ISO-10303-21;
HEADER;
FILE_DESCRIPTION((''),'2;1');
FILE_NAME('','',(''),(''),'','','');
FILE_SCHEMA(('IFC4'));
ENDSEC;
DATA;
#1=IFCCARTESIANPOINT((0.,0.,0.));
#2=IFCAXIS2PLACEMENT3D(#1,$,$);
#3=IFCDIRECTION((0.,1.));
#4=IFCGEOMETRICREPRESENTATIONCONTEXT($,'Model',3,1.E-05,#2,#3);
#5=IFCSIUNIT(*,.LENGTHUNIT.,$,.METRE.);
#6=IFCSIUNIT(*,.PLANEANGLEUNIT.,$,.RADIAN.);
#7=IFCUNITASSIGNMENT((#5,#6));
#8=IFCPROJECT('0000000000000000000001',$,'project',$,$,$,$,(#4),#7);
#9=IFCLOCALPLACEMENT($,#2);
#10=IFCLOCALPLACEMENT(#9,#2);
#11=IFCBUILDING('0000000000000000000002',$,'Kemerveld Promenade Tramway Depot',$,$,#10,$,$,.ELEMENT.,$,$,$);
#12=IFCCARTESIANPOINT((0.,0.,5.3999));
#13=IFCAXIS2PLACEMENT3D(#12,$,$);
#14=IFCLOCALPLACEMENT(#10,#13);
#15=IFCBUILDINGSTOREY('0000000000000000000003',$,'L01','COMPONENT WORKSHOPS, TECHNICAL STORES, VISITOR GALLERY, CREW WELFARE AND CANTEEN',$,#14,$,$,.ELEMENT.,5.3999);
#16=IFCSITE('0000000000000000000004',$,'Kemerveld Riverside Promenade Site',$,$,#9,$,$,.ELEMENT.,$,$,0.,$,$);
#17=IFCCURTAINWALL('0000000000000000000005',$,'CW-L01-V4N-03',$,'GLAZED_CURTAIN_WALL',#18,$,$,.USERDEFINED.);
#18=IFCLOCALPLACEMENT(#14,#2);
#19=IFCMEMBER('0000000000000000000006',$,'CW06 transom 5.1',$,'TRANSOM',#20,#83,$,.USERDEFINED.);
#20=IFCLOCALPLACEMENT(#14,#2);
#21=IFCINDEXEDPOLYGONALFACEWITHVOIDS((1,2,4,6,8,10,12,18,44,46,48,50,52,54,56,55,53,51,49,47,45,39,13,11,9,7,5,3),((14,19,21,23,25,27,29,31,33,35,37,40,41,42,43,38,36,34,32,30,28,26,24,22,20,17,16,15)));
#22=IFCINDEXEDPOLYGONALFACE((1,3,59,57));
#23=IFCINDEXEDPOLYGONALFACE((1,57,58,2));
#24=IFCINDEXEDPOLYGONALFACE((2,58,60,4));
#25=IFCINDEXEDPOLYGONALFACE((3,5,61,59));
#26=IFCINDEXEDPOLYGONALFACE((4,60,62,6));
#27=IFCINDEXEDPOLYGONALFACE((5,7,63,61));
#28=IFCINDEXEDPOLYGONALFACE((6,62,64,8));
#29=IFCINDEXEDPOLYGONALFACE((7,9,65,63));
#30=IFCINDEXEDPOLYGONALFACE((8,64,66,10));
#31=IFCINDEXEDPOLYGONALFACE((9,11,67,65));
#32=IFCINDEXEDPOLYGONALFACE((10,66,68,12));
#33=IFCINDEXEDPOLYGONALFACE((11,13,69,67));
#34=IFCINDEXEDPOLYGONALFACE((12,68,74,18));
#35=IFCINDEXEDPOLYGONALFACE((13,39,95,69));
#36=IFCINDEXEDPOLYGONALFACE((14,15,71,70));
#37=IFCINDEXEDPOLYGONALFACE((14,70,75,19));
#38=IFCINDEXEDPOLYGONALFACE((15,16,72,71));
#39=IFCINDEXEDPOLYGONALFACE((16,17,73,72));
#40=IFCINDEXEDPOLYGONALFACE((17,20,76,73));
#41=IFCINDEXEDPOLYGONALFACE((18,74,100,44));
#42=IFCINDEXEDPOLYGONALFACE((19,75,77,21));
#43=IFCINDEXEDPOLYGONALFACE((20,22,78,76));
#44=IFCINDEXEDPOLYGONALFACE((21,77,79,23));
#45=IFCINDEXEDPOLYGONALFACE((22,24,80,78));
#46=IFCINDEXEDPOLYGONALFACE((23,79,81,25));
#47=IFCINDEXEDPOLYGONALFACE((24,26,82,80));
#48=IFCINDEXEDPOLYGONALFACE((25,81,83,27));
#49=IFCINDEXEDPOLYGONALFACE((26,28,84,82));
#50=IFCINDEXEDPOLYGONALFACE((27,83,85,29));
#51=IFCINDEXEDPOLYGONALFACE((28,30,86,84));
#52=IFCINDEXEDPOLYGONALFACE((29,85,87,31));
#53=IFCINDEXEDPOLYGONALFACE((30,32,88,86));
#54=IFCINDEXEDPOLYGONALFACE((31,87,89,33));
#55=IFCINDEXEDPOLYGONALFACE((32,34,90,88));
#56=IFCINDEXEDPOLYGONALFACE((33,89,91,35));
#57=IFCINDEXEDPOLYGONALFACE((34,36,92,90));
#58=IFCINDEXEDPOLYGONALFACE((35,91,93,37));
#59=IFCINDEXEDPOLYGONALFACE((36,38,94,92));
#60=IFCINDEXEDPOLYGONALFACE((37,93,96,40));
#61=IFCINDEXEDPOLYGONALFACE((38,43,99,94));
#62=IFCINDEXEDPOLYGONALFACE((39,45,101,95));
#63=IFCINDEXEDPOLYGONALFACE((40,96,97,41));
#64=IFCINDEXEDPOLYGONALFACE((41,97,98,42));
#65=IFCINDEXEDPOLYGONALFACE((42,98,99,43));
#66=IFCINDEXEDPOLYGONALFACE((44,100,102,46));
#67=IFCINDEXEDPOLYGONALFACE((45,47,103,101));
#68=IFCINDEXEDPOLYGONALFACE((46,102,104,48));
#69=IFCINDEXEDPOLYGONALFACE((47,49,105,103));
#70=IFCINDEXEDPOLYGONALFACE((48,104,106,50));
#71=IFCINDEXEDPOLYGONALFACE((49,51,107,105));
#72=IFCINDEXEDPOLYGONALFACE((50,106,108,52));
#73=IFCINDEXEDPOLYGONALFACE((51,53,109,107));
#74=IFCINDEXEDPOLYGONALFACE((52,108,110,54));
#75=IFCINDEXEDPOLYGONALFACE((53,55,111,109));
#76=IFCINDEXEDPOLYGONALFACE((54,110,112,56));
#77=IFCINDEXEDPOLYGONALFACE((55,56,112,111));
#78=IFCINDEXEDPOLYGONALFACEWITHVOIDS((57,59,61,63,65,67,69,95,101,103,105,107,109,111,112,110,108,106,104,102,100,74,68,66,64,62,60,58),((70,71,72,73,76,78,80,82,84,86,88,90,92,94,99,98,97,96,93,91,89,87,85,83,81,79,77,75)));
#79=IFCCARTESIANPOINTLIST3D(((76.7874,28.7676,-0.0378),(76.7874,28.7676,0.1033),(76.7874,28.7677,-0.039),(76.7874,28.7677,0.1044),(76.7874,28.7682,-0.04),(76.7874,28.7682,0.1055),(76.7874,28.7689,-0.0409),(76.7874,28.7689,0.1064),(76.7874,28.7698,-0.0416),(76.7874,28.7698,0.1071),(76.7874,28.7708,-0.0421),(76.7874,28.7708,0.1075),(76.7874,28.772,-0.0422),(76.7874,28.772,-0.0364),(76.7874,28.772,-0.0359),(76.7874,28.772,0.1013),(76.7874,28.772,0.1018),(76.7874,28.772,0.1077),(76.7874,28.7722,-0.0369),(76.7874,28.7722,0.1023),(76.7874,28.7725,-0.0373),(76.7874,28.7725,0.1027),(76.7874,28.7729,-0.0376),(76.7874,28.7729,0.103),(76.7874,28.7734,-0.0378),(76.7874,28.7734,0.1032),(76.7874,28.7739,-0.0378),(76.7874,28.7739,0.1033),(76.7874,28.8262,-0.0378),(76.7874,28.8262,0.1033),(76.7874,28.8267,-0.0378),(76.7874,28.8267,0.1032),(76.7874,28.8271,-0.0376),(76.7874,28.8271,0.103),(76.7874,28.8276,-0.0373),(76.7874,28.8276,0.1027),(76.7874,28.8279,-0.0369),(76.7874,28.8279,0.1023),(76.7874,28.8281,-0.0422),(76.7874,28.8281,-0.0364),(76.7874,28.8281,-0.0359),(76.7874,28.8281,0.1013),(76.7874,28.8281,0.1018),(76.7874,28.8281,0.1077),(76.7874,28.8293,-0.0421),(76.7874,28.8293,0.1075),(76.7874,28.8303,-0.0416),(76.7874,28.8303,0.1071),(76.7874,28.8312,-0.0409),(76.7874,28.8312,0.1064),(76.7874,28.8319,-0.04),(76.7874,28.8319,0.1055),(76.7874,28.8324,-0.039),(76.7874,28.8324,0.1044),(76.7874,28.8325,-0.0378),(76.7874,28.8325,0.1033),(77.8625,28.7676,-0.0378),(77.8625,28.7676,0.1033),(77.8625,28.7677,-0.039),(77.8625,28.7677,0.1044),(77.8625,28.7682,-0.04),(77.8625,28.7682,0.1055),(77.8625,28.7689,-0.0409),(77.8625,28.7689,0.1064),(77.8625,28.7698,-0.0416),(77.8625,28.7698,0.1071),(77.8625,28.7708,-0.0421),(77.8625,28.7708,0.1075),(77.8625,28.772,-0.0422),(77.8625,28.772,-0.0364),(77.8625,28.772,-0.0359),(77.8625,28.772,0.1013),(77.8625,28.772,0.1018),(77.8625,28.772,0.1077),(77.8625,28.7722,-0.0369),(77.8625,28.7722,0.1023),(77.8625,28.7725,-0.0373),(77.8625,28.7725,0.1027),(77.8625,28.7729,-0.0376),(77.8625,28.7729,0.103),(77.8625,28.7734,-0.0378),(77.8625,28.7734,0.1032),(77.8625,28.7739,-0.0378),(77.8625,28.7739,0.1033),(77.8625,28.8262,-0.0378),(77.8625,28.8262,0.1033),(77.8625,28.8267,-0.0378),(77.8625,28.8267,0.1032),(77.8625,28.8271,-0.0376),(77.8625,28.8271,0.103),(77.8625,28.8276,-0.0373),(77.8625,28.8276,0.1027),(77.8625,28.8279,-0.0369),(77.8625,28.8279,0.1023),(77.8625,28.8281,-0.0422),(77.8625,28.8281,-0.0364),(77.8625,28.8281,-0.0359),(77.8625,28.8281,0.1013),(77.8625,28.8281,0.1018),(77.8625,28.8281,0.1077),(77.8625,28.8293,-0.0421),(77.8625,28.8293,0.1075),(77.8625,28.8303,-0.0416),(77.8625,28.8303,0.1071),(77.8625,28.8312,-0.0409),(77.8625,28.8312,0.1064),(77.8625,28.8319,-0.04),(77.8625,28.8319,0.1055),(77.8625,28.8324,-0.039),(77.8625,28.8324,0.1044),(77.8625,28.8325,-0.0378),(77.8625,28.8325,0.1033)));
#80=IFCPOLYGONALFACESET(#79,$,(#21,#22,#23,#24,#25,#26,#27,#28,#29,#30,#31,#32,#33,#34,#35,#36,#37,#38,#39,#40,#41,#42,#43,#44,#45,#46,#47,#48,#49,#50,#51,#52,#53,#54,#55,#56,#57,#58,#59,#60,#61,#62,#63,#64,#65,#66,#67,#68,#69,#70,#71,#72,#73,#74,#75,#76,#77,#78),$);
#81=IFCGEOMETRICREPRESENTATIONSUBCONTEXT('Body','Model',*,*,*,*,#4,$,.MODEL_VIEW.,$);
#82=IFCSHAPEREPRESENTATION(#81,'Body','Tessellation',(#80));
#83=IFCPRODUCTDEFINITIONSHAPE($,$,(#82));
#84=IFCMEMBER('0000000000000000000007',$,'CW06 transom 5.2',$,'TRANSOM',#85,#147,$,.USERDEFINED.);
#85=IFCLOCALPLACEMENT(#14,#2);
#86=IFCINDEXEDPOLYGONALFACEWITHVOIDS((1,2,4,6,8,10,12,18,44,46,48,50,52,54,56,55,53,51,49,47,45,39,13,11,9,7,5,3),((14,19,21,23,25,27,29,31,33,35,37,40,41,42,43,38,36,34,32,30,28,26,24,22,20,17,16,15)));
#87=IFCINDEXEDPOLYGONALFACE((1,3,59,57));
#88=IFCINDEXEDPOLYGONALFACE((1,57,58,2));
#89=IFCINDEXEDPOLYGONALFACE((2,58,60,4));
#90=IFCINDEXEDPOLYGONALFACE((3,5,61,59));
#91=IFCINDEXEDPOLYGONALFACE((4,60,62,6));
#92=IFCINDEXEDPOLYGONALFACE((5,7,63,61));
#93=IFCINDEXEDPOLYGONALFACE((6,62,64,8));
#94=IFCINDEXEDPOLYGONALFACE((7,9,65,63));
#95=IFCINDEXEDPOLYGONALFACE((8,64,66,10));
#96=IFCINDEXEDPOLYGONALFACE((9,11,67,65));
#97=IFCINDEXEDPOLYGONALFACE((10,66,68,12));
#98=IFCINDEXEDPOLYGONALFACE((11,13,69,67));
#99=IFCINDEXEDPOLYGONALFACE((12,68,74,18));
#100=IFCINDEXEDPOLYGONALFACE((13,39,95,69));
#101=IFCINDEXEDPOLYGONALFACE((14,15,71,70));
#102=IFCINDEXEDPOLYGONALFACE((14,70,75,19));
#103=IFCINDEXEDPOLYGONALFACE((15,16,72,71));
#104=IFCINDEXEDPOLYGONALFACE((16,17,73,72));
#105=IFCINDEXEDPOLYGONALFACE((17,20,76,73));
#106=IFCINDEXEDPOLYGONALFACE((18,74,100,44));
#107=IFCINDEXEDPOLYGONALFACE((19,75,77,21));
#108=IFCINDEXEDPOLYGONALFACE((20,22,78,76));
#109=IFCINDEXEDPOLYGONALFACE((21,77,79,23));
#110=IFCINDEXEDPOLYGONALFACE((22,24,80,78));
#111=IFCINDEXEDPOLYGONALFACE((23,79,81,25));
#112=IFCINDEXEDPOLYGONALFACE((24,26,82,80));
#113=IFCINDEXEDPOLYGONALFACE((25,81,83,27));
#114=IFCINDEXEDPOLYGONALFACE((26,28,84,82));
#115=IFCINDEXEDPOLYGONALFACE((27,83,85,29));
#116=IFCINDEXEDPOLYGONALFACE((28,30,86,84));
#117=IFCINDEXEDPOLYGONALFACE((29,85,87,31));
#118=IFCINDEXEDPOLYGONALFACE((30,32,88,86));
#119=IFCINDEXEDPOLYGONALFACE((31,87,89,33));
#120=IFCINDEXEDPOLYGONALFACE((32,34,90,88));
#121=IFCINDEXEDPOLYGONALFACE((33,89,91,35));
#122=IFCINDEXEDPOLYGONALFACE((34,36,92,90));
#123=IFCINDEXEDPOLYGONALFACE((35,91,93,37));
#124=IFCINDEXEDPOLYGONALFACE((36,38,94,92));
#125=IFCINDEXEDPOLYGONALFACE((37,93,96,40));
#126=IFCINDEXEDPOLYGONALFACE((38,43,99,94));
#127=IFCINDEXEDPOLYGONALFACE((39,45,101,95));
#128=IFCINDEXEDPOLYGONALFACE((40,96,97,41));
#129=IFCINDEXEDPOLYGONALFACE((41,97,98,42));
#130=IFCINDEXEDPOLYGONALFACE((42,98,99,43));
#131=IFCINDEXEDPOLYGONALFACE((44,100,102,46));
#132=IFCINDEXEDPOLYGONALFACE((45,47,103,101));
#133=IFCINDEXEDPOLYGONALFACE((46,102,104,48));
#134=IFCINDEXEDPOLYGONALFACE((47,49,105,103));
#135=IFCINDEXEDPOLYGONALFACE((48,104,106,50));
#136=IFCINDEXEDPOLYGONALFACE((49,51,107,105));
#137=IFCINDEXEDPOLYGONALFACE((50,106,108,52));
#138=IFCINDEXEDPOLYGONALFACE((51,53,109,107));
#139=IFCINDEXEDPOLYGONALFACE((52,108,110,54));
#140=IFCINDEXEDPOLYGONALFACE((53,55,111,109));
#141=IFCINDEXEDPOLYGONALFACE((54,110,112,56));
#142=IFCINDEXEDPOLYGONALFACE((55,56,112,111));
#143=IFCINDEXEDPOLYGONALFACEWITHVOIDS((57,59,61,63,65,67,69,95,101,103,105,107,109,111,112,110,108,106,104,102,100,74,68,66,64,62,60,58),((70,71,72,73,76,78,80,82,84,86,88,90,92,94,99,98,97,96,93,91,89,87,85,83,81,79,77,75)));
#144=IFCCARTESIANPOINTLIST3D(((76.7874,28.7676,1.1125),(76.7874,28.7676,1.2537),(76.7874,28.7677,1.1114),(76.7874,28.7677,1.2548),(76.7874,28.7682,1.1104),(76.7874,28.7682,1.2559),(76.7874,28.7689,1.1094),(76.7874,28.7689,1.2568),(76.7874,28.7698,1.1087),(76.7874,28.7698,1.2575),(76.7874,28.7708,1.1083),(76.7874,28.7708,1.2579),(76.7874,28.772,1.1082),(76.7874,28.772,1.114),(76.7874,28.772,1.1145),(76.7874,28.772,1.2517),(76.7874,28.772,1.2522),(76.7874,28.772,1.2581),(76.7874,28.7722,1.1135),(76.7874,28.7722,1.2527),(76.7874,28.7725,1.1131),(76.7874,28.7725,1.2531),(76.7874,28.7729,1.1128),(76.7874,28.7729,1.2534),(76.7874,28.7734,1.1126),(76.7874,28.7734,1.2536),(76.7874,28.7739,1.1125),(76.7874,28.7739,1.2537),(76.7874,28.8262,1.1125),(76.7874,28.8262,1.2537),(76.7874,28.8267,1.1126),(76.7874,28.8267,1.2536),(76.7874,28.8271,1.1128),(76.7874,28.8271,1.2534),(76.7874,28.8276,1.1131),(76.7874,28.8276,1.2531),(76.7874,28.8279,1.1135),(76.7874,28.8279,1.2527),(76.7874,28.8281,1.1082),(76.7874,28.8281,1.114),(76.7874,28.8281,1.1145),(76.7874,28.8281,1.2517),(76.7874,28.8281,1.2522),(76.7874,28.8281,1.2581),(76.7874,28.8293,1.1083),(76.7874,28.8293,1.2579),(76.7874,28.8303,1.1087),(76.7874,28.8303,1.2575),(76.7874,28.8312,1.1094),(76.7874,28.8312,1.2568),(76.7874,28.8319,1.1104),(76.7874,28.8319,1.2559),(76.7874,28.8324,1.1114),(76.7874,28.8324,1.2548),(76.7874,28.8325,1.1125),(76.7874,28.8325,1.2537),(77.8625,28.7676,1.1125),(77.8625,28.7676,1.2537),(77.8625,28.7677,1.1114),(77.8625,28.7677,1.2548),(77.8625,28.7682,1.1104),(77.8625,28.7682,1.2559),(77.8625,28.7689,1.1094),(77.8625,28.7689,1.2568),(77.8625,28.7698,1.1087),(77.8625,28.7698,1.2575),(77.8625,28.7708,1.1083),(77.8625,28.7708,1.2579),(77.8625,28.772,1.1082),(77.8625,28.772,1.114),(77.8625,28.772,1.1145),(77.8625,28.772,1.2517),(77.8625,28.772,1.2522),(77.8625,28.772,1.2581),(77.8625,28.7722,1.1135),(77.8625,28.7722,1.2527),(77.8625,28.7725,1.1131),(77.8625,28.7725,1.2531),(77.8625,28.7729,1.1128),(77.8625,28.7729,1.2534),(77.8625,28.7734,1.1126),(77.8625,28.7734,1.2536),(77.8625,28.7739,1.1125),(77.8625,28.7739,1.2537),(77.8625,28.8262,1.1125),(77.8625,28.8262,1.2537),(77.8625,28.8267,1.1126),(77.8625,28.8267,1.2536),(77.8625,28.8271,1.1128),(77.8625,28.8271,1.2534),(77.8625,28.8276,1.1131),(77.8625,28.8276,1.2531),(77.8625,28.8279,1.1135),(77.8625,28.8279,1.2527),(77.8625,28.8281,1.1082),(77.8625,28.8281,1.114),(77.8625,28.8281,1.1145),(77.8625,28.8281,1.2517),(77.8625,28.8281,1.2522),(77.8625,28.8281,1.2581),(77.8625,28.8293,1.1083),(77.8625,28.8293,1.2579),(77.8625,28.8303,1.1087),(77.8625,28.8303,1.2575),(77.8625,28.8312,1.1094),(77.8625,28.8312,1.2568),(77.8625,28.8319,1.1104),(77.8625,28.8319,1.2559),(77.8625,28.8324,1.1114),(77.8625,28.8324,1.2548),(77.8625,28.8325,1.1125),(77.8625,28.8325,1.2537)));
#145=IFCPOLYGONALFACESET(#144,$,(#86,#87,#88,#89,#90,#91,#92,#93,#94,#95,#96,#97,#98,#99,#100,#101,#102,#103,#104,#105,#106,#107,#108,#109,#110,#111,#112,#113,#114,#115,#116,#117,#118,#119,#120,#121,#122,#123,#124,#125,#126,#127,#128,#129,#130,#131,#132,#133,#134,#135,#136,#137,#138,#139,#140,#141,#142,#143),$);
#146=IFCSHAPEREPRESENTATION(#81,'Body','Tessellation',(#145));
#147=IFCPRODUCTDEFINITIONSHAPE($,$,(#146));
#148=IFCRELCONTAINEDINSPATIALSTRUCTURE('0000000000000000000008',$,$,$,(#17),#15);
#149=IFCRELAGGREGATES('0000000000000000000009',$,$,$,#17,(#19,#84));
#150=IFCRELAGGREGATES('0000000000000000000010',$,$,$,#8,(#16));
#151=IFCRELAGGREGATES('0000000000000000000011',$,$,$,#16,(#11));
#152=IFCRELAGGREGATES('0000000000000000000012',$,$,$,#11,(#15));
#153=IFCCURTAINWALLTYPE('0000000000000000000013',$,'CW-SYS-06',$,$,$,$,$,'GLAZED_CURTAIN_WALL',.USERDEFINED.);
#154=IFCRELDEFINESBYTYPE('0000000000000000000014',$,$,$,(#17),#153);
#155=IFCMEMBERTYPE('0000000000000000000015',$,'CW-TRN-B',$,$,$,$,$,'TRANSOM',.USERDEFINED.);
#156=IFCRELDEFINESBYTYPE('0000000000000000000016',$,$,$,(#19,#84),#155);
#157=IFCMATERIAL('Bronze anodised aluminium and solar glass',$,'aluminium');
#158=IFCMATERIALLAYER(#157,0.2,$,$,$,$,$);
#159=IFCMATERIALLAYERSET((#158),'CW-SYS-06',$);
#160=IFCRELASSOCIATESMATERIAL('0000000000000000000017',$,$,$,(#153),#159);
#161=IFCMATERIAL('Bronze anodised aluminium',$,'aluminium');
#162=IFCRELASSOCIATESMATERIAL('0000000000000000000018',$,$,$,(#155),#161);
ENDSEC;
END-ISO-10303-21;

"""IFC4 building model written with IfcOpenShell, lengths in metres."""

from ifc_helpers import new_model, si_unit, direction, frame, origin, origin_2d, place, context, subcontext, project, spatial, hollow_rectangle, extrude, material, layer, layer_set, material_profile, profile_set, type_object, element, aggregate, save


model = new_model("IFC4")

# Units and contexts
model_context = context("Model", 3, precision=1e-05, world=origin(), true_north=direction((0.0, 1.0)))
body_context = subcontext(model_context, "Body", "Model", "MODEL_VIEW")
ifc_project = project(units=[si_unit("LENGTHUNIT", "METRE"), si_unit("PLANEANGLEUNIT", "RADIAN")], contexts=[model_context])

# Site, building, storey
site_placement = place(None, origin())
site = spatial("IfcSite", under=ifc_project, at=site_placement, Name="Kemerveld Riverside Promenade Site", CompositionType="ELEMENT", RefElevation=0.0)
building_placement = place(site_placement, origin())
building = spatial("IfcBuilding", under=site, at=building_placement, Name="Kemerveld Promenade Tramway Depot", CompositionType="ELEMENT")
storey_placement = place(building_placement, frame((0.0, 0.0, 5.3999)))
storey = spatial("IfcBuildingStorey", under=building, at=storey_placement, Name="L01", Description="COMPONENT WORKSHOPS, TECHNICAL STORES, VISITOR GALLERY, CREW WELFARE AND CANTEEN", CompositionType="ELEMENT", Elevation=5.3999)

# Curtain wall, members
ifc_material_1 = material(Name="Bronze anodised aluminium and solar glass", Category="aluminium")
ifc_layer_1 = layer(ifc_material_1, 0.2)
ifc_layer_set_1 = layer_set([ifc_layer_1], Name="CW-SYS-06")
curtain_wall_type = type_object("IfcCurtainWallType", Name="CW-SYS-06", ElementType="GLAZED_CURTAIN_WALL", PredefinedType="USERDEFINED", material=ifc_layer_set_1)
curtain_wall_placement = place(storey_placement, origin())
curtain_wall = element("IfcCurtainWall", 1, at=curtain_wall_placement, inside=storey, type_object=curtain_wall_type, Name="CW-L01-V4N-03", ObjectType="GLAZED_CURTAIN_WALL", PredefinedType="USERDEFINED")
ifc_material_2 = material(Name="Bronze anodised aluminium", Category="aluminium")
ifc_material_profile_1 = material_profile(ifc_material_2, hollow_rectangle(XDim=0.0649, YDim=0.1499, WallThickness=0.0044, InnerFilletRadius=0.002, OuterFilletRadius=0.0044, at=origin_2d()), Name="CW-TRN-150x65")
ifc_profile_set_1 = profile_set([ifc_material_profile_1], Name="Bronze anodised aluminium")
member_type_1 = type_object("IfcMemberType", Name="CW-TRN-B", ElementType="TRANSOM", PredefinedType="USERDEFINED", material=ifc_profile_set_1)
member_1_placement = place(storey_placement, frame((76.7874, 28.8, 0.0327), z_axis=(1.0, 0.0, 0.0), x_axis=(0.0, 1.0, 0.0)))
member_1 = element("IfcMember", 2, at=member_1_placement, type_object=member_type_1, Name="CW06 transom 5.1", ObjectType="TRANSOM", PredefinedType="USERDEFINED", context=body_context, shape_type="SweptSolid", body=[
    extrude(hollow_rectangle(XDim=0.0649, YDim=0.1499, WallThickness=0.0044, InnerFilletRadius=0.002, OuterFilletRadius=0.0044, at=origin_2d()), origin(), (0.0, 0.0, 1.0), 1.0752),
])
member_2_placement = place(storey_placement, frame((76.7874, 28.8, 1.1831), z_axis=(1.0, 0.0, 0.0), x_axis=(0.0, 1.0, 0.0)))
member_2 = element("IfcMember", 3, at=member_2_placement, type_object=member_type_1, Name="CW06 transom 5.2", ObjectType="TRANSOM", PredefinedType="USERDEFINED", context=body_context, shape_type="SweptSolid", body=[
    extrude(hollow_rectangle(XDim=0.0649, YDim=0.1499, WallThickness=0.0044, InnerFilletRadius=0.002, OuterFilletRadius=0.0044, at=origin_2d()), origin(), (0.0, 0.0, 1.0), 1.0752),
])
aggregate(curtain_wall, [member_1, member_2])

save(model, "model.ifc")
